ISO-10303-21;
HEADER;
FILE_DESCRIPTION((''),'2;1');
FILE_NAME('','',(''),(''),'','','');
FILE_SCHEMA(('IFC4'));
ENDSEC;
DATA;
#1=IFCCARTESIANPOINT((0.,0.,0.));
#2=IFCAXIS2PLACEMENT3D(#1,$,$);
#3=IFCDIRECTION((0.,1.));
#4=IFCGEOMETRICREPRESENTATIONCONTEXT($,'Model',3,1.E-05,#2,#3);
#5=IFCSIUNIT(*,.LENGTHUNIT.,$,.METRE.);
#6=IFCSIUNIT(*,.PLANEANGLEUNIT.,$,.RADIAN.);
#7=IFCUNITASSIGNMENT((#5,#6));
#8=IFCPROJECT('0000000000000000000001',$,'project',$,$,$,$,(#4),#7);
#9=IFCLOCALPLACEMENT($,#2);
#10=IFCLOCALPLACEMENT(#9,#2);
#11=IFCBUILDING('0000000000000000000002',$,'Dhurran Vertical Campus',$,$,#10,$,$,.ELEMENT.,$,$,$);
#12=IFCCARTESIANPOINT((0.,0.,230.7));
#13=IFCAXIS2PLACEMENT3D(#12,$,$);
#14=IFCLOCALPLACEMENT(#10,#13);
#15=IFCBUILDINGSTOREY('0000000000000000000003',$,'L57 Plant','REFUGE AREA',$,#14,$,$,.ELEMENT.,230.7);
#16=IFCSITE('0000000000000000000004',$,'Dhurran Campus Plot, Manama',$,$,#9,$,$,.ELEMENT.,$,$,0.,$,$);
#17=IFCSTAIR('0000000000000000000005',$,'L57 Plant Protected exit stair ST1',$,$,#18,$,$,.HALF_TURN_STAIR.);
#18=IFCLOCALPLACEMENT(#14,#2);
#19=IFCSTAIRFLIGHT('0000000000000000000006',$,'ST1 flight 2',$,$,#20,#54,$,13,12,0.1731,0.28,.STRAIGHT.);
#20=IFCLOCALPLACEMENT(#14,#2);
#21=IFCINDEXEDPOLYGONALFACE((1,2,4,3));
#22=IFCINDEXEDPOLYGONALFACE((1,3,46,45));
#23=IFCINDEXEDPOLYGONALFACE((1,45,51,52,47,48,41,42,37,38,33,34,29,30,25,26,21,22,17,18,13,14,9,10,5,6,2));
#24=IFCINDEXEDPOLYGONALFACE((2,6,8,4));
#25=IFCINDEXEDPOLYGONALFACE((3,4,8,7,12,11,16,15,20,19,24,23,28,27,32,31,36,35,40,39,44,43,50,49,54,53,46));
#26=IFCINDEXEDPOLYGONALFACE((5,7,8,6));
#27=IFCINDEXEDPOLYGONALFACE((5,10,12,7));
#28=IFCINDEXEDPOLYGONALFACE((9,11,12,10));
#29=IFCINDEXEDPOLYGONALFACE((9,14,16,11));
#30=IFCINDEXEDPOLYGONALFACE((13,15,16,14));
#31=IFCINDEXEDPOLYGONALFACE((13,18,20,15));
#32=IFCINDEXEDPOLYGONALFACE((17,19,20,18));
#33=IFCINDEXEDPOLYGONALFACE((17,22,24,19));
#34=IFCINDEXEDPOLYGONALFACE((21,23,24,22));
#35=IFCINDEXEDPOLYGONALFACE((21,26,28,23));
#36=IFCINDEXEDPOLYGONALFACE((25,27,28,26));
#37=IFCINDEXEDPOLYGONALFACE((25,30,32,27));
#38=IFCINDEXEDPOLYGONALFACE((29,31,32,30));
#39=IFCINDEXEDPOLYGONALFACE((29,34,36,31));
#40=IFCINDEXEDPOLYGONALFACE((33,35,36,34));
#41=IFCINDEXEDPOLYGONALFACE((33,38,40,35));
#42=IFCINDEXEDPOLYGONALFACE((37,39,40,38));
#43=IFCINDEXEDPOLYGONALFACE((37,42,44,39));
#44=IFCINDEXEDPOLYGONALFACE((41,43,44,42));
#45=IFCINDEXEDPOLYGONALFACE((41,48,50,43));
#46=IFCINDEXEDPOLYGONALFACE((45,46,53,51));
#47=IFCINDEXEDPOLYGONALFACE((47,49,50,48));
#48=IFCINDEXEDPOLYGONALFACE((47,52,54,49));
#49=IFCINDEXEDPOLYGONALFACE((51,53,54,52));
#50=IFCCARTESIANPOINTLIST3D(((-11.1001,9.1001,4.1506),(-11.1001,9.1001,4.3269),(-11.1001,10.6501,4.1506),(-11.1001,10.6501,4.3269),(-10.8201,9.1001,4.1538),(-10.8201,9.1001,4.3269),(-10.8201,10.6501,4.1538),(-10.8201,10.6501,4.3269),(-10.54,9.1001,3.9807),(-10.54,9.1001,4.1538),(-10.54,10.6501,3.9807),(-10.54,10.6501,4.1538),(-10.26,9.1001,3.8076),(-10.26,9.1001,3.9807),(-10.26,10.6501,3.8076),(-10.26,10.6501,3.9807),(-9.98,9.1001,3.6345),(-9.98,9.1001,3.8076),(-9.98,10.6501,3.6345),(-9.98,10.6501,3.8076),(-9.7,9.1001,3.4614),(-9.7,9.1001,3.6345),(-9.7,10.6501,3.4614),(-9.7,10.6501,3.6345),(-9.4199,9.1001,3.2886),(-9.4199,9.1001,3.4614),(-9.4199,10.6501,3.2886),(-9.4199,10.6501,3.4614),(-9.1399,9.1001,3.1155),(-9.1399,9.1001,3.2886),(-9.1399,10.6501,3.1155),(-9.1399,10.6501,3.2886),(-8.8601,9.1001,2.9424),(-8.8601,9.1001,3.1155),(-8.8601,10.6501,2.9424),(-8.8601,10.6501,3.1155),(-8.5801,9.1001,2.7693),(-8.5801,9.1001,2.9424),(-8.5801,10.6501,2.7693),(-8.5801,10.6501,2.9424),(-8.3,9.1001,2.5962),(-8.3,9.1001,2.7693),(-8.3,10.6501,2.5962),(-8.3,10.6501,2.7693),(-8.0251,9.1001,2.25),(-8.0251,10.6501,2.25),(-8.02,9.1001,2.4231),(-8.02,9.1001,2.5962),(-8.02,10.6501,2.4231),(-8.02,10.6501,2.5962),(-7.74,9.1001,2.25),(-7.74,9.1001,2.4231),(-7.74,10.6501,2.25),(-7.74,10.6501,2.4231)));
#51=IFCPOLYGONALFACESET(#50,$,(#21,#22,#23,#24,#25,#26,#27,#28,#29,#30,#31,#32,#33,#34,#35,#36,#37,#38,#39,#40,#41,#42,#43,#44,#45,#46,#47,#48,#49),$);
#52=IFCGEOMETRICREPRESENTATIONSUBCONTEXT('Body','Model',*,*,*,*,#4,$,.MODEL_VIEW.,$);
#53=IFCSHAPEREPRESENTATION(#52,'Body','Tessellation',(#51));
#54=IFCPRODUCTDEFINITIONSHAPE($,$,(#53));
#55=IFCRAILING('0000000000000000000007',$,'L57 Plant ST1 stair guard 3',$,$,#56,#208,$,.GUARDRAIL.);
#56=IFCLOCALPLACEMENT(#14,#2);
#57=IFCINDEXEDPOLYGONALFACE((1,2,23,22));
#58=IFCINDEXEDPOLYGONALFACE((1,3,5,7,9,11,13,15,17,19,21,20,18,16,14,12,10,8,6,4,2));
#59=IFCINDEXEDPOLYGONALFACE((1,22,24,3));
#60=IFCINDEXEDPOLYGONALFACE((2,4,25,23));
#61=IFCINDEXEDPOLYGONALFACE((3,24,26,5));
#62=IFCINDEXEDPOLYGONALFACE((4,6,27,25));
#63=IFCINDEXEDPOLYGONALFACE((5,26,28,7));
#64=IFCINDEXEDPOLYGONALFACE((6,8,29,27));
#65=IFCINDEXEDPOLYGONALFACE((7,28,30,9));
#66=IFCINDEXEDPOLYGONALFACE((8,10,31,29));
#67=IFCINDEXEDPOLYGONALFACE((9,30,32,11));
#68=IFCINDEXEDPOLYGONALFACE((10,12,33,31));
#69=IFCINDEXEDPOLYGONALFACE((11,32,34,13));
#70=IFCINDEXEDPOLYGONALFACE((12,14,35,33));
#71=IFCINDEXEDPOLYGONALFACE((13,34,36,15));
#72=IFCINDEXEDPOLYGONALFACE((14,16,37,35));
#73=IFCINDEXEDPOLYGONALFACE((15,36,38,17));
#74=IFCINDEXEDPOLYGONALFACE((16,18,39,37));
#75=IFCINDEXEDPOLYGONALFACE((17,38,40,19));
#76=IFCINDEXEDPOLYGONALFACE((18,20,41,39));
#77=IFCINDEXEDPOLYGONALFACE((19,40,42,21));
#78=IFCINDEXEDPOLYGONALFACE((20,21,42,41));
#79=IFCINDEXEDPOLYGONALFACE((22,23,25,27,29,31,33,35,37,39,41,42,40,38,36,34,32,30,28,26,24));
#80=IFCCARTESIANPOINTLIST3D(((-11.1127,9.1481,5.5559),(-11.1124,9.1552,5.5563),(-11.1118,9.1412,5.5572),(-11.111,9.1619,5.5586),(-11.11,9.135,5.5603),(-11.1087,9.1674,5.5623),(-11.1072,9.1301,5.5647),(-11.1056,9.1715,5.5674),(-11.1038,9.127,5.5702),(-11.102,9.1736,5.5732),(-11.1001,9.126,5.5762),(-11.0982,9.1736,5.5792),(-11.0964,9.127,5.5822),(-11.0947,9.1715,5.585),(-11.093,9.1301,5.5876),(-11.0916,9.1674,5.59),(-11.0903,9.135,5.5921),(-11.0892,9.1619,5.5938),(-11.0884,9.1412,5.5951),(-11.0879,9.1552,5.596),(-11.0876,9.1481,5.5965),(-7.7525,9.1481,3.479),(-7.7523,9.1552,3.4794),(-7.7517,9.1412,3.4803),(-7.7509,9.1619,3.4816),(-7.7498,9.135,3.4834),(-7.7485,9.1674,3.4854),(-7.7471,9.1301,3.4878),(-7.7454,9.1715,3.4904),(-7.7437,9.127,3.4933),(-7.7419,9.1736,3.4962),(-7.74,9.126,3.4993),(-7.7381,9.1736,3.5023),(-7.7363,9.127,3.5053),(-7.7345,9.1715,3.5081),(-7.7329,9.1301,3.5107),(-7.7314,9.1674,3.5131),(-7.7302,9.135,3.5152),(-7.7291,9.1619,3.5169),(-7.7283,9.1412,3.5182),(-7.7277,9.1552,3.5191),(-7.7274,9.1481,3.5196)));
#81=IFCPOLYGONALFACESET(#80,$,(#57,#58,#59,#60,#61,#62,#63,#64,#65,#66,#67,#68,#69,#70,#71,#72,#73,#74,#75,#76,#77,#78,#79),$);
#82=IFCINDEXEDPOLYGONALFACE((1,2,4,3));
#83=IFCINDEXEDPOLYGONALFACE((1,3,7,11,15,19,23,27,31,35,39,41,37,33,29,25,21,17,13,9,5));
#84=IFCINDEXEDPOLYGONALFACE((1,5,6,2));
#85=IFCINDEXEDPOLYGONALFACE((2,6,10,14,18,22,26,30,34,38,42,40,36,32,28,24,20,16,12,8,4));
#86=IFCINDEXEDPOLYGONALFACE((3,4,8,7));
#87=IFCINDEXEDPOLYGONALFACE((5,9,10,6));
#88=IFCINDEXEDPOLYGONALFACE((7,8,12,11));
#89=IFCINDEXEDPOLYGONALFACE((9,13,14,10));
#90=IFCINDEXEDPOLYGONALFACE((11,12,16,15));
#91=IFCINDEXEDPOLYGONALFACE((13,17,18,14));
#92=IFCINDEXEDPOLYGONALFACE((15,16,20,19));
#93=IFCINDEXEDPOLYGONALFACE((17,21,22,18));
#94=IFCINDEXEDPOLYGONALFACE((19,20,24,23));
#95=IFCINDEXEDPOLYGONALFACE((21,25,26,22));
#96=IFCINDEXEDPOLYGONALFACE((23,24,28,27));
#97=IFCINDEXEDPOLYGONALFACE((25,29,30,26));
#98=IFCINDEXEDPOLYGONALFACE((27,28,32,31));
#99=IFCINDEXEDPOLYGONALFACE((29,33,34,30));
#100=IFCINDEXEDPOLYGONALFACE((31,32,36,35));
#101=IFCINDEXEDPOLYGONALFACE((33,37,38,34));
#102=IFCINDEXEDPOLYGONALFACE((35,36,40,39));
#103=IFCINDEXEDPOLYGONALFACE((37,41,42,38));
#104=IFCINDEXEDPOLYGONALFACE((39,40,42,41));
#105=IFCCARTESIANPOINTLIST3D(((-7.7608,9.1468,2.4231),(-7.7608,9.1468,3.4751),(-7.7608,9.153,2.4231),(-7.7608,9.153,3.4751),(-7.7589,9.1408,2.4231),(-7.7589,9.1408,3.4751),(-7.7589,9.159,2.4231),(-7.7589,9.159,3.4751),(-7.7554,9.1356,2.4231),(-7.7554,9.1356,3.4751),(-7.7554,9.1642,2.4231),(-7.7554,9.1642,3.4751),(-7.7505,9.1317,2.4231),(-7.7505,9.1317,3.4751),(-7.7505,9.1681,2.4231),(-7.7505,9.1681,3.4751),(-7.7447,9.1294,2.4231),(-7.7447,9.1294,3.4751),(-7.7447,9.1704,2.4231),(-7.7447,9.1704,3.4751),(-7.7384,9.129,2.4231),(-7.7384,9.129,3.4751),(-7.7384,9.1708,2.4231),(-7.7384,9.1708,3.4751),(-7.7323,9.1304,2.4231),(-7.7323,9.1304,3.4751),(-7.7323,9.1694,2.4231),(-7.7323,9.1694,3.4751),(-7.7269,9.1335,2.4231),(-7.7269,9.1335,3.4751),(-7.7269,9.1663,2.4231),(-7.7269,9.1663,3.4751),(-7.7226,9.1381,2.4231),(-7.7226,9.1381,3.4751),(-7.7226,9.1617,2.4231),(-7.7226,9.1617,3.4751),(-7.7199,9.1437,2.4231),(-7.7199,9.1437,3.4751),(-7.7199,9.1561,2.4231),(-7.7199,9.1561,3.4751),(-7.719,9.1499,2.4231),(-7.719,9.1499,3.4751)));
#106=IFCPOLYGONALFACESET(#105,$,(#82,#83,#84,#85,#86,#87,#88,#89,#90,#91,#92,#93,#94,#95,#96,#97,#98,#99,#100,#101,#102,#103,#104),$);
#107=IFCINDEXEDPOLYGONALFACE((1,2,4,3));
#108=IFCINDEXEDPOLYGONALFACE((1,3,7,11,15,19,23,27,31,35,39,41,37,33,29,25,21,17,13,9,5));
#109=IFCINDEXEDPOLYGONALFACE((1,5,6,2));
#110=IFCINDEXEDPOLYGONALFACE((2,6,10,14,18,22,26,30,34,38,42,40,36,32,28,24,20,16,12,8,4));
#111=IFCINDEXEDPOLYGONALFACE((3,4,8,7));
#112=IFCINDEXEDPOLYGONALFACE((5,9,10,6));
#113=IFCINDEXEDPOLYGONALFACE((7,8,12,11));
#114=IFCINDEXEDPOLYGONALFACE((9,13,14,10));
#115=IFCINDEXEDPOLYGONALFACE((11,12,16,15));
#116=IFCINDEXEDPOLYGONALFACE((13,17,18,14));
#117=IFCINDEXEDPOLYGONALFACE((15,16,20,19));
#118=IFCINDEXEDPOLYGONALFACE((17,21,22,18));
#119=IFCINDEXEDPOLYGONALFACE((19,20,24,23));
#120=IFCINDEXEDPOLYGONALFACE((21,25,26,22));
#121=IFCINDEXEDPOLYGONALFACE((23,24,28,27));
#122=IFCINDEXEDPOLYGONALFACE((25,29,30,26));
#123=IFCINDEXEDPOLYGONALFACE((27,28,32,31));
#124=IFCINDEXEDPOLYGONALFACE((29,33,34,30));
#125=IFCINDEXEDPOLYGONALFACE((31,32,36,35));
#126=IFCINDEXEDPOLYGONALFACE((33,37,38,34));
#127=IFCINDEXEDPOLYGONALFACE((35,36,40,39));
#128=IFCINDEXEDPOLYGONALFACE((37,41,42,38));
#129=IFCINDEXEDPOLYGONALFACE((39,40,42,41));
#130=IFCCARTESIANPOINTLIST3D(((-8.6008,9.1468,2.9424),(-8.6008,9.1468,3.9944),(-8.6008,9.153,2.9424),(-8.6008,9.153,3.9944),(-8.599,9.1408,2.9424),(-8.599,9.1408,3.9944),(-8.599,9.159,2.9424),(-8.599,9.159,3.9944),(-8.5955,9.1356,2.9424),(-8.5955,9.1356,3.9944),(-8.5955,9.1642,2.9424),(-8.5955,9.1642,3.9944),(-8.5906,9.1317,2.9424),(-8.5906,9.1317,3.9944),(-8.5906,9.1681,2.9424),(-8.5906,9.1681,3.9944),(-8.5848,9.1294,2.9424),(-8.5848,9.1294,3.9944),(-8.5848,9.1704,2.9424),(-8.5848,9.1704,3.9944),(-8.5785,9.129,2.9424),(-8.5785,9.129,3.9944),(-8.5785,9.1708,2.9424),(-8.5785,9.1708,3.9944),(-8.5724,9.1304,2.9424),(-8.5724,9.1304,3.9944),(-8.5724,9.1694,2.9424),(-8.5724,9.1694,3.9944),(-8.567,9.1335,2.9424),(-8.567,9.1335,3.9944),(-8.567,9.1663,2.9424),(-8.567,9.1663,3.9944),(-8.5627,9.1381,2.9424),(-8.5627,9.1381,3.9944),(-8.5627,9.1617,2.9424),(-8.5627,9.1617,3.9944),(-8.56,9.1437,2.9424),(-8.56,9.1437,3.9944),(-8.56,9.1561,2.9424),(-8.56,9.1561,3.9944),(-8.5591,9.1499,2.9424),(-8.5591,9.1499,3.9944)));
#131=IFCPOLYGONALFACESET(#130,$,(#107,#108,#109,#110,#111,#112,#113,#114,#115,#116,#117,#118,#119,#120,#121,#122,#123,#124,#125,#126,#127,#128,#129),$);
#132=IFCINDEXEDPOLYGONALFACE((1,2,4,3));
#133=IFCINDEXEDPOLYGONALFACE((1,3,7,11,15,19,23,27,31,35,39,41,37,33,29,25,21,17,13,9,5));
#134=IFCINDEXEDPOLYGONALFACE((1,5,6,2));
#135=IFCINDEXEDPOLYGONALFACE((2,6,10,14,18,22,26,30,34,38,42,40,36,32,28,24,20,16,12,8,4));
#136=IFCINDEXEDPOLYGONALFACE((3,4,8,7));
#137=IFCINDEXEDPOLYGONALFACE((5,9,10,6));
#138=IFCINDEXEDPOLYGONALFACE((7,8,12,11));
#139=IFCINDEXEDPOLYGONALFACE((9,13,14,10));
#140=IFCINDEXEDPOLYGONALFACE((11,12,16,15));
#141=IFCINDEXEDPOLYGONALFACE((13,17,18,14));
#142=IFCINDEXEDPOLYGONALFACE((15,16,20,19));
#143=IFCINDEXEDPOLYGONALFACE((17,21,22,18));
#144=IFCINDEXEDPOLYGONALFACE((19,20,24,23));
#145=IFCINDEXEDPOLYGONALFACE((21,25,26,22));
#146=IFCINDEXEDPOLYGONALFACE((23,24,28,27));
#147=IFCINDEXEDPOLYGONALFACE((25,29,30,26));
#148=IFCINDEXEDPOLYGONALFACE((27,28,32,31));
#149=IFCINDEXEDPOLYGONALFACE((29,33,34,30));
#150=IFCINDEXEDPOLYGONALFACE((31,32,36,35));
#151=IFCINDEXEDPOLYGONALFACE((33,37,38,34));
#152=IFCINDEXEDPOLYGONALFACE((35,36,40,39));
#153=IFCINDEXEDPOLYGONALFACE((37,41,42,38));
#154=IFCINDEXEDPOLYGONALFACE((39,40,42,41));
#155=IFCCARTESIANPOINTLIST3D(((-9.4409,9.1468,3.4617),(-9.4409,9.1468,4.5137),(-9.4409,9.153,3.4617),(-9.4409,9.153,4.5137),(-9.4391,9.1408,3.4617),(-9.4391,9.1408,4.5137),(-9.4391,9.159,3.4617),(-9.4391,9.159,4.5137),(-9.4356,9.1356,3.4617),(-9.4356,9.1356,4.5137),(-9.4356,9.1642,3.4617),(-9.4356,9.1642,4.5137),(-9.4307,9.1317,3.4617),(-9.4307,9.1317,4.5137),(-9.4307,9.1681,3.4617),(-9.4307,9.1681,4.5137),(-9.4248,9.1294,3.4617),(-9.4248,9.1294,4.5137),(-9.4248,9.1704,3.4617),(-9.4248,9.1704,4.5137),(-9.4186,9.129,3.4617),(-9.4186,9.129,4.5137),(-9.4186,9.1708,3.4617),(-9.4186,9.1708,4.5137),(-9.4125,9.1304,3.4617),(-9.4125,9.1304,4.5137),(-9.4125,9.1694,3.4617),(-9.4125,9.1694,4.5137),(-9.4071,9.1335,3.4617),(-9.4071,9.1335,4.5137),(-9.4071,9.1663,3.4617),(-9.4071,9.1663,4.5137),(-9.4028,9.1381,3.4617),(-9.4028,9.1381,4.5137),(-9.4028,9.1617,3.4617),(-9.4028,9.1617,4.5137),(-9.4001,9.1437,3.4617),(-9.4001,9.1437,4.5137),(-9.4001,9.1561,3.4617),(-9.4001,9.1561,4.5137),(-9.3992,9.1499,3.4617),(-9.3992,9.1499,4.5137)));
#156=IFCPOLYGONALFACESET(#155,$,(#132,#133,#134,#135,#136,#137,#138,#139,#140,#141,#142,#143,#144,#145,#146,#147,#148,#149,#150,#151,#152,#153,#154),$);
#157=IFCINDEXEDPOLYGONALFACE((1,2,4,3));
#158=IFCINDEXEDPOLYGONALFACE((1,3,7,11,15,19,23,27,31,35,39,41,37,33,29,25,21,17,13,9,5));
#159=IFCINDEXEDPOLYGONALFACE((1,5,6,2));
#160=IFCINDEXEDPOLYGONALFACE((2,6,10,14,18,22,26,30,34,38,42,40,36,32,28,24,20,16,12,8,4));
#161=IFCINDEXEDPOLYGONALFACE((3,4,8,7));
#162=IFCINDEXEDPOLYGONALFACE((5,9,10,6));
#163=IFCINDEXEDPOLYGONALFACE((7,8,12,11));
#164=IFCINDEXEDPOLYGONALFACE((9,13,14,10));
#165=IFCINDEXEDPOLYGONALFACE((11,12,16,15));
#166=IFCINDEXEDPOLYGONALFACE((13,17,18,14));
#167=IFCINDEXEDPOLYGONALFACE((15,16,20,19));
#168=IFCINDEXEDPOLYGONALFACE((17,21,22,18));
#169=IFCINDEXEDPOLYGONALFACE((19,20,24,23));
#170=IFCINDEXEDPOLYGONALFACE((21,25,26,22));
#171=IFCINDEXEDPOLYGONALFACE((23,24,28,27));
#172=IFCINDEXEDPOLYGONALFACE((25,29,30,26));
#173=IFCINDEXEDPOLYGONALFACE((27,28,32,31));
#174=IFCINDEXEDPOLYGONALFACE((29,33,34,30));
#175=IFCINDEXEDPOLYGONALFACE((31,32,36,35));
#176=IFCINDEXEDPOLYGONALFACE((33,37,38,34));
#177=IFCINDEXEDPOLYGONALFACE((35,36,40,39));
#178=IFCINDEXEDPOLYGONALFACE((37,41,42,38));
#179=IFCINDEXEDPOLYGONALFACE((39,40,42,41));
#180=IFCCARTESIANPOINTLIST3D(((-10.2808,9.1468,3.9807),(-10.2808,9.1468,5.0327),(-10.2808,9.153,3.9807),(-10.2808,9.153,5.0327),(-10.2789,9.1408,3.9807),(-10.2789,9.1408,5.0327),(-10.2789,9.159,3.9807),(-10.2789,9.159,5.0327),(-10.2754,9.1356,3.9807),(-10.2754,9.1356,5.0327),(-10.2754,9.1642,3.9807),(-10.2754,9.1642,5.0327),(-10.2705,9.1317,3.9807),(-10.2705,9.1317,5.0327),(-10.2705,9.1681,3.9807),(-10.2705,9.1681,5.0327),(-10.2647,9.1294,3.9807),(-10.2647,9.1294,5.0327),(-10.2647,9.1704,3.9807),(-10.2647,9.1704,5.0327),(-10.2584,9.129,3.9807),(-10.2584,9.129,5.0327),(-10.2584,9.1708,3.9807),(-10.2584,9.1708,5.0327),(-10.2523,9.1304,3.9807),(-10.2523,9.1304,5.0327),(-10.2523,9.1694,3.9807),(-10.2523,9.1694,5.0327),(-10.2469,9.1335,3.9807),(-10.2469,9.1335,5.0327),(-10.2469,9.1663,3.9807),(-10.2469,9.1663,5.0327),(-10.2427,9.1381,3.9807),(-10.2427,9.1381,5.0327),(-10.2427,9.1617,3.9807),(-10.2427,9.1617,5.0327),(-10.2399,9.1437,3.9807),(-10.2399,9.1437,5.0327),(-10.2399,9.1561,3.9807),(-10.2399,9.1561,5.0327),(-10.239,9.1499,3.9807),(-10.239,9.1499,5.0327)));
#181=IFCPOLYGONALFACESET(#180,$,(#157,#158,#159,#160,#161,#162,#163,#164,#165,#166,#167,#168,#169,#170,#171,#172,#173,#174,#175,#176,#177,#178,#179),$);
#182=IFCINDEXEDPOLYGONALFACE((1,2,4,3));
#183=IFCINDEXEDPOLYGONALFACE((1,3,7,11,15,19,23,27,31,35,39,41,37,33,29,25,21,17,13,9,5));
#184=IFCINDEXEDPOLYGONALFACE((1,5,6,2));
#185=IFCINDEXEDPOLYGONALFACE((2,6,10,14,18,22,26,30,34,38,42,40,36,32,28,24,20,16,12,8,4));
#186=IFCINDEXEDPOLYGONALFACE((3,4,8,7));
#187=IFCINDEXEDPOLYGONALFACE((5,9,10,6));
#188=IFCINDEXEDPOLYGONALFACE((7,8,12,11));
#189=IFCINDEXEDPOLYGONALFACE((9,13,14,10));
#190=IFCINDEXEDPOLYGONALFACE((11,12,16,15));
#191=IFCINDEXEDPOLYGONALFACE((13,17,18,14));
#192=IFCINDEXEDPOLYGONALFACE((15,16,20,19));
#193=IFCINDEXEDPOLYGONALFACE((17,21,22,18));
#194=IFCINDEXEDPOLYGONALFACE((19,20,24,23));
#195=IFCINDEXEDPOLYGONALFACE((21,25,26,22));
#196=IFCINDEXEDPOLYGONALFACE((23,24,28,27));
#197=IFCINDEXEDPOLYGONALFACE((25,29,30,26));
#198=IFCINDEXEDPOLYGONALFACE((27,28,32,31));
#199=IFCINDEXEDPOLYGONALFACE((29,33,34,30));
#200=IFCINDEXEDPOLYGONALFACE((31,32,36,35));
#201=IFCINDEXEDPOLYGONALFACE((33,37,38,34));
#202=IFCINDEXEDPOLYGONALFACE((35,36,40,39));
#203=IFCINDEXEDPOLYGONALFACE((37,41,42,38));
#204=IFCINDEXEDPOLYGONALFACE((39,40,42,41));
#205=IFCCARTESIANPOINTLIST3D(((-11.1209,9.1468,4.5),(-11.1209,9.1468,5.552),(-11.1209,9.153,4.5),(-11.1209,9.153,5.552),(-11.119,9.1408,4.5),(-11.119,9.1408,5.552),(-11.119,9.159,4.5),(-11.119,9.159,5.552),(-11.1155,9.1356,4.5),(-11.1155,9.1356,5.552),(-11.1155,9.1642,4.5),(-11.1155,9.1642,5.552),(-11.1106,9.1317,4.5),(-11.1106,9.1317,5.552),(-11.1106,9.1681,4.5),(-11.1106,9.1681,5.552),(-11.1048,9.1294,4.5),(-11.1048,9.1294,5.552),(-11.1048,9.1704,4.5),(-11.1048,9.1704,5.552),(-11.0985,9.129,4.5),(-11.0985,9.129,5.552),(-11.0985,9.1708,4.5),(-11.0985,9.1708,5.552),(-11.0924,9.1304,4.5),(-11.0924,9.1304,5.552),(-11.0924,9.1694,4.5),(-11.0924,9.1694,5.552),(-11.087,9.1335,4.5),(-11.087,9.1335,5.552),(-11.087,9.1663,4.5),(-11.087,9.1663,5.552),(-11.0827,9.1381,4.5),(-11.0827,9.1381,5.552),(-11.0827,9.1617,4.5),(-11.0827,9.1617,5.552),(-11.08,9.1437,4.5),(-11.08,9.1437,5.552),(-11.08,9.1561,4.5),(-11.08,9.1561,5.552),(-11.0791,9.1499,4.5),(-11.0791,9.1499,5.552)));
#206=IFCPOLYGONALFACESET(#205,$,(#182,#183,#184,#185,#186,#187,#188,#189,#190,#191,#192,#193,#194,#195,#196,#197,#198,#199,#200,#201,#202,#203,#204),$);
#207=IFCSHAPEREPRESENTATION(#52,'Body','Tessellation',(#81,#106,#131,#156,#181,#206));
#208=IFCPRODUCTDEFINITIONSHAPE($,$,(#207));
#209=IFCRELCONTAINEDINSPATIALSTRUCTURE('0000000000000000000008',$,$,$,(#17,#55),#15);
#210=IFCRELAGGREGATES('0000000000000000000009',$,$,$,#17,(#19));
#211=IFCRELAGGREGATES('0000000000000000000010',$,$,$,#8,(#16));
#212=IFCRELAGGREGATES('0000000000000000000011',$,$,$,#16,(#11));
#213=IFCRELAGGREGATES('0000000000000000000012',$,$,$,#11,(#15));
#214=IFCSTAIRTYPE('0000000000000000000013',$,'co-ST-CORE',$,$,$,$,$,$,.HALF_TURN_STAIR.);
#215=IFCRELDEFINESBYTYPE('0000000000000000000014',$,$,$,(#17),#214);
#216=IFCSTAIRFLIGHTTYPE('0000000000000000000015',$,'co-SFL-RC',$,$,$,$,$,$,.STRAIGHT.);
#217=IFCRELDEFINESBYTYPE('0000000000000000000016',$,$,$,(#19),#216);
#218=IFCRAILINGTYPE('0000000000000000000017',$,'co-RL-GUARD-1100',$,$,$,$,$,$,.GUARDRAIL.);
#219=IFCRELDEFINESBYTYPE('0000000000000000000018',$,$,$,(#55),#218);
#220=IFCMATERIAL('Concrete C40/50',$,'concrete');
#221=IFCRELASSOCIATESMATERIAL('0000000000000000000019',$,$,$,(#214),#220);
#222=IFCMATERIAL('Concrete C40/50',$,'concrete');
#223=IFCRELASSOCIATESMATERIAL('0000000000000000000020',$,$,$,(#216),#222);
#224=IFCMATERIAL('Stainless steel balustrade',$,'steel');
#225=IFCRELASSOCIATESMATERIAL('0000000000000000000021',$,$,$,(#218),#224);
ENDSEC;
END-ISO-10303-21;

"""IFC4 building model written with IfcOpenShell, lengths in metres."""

from ifc_helpers import new_model, si_unit, direction, frame, origin, origin_2d, place, context, subcontext, project, spatial, polyline, circle, outline, extrude, material, type_object, element, aggregate, save


model = new_model("IFC4")

# Units and contexts
model_context = context("Model", 3, precision=1e-05, world=origin(), true_north=direction((0.0, 1.0)))
body_context = subcontext(model_context, "Body", "Model", "MODEL_VIEW")
ifc_project = project(units=[si_unit("LENGTHUNIT", "METRE"), si_unit("PLANEANGLEUNIT", "RADIAN")], contexts=[model_context])

# Site, building, storey
site_placement = place(None, origin())
site = spatial("IfcSite", under=ifc_project, at=site_placement, Name="Dhurran Campus Plot, Manama", CompositionType="ELEMENT", RefElevation=0.0)
building_placement = place(site_placement, origin())
building = spatial("IfcBuilding", under=site, at=building_placement, Name="Dhurran Vertical Campus", CompositionType="ELEMENT")
storey_placement = place(building_placement, frame((0.0, 0.0, 230.7)))
storey = spatial("IfcBuildingStorey", under=building, at=storey_placement, Name="L57 Plant", Description="REFUGE AREA", CompositionType="ELEMENT", Elevation=230.7)

# Stair, stair flight
ifc_material_1 = material(Name="Concrete C40/50", Category="concrete")
stair_type = type_object("IfcStairType", Name="co-ST-CORE", PredefinedType="HALF_TURN_STAIR", material=ifc_material_1)
stair_placement = place(storey_placement, origin())
stair = element("IfcStair", 1, at=stair_placement, inside=storey, type_object=stair_type, Name="L57 Plant Protected exit stair ST1", PredefinedType="HALF_TURN_STAIR")
ifc_material_2 = material(Name="Concrete C40/50", Category="concrete")
stair_flight_type = type_object("IfcStairFlightType", Name="co-SFL-RC", PredefinedType="STRAIGHT", material=ifc_material_2)
stair_flight_placement = place(storey_placement, frame((-7.74, 9.875, 2.25), z_axis=(0.0, 0.0, 1.0), x_axis=(-1.0, 0.0, 0.0)))
stair_flight = element("IfcStairFlight", 2, at=stair_flight_placement, type_object=stair_flight_type, Name="ST1 flight 2", NumberOfRisers=13, NumberOfTreads=12, PredefinedType="STRAIGHT", RiserHeight=0.1731, TreadLength=0.28, context=body_context, shape_type="SweptSolid", body=[
    extrude(outline(polyline([(0.0, 0.0), (0.0, 0.1731), (0.28, 0.1731), (0.28, 0.3462), (0.5601, 0.3462), (0.5601, 0.5193), (0.8401, 0.5193), (0.8401, 0.6924), (1.1201, 0.6924), (1.1201, 0.8655), (1.3999, 0.8655), (1.3999, 1.0386), (1.6799, 1.0386), (1.6799, 1.2114), (1.96, 1.2114), (1.96, 1.3845), (2.24, 1.3845), (2.24, 1.5576), (2.52, 1.5576), (2.52, 1.7307), (2.8, 1.7307), (2.8, 1.9038), (3.0801, 1.9038), (3.0801, 2.0769), (3.3601, 2.0769), (3.3601, 2.25), (3.3601, 1.9006), (0.2852, 0.0), (0.0, 0.0)])), frame((0.0, 0.7749, 0.0), z_axis=(0.0, -1.0, 0.0), x_axis=(1.0, 0.0, 0.0)), (0.0, 0.0, 1.0), 1.55),
])
aggregate(stair, [stair_flight])

# Railing
ifc_material_3 = material(Name="Stainless steel balustrade", Category="steel")
railing_type_1 = type_object("IfcRailingType", Name="co-RL-GUARD-1100", PredefinedType="GUARDRAIL", material=ifc_material_3)
railing_1_placement = place(storey_placement, frame((-7.74, 9.1499, 2.4231)))
element("IfcRailing", 3, at=railing_1_placement, inside=storey, type_object=railing_type_1, Name="L57 Plant ST1 stair guard 3", PredefinedType="GUARDRAIL", context=body_context, shape_type="SweptSolid", body=[
    extrude(circle(Radius=0.0239, at=origin_2d()), frame((0.0, 0.0, 1.0762), z_axis=(-0.850623, 0.0, 0.525776), x_axis=(0.0, -1.0, 0.0)), (0.0, 0.0, 1.0), 3.9502),
    extrude(circle(Radius=0.021, at=origin_2d()), origin(), (0.0, 0.0, 1.0), 1.052),
    extrude(circle(Radius=0.021, at=origin_2d()), frame((-0.8401, 0.0, 0.5193)), (0.0, 0.0, 1.0), 1.052),
    extrude(circle(Radius=0.021, at=origin_2d()), frame((-1.6802, 0.0, 1.0386)), (0.0, 0.0, 1.0), 1.052),
    extrude(circle(Radius=0.021, at=origin_2d()), frame((-2.52, 0.0, 1.5576)), (0.0, 0.0, 1.0), 1.052),
    extrude(circle(Radius=0.021, at=origin_2d()), frame((-3.3601, 0.0, 2.0769)), (0.0, 0.0, 1.0), 1.052),
])

save(model, "model.ifc")
